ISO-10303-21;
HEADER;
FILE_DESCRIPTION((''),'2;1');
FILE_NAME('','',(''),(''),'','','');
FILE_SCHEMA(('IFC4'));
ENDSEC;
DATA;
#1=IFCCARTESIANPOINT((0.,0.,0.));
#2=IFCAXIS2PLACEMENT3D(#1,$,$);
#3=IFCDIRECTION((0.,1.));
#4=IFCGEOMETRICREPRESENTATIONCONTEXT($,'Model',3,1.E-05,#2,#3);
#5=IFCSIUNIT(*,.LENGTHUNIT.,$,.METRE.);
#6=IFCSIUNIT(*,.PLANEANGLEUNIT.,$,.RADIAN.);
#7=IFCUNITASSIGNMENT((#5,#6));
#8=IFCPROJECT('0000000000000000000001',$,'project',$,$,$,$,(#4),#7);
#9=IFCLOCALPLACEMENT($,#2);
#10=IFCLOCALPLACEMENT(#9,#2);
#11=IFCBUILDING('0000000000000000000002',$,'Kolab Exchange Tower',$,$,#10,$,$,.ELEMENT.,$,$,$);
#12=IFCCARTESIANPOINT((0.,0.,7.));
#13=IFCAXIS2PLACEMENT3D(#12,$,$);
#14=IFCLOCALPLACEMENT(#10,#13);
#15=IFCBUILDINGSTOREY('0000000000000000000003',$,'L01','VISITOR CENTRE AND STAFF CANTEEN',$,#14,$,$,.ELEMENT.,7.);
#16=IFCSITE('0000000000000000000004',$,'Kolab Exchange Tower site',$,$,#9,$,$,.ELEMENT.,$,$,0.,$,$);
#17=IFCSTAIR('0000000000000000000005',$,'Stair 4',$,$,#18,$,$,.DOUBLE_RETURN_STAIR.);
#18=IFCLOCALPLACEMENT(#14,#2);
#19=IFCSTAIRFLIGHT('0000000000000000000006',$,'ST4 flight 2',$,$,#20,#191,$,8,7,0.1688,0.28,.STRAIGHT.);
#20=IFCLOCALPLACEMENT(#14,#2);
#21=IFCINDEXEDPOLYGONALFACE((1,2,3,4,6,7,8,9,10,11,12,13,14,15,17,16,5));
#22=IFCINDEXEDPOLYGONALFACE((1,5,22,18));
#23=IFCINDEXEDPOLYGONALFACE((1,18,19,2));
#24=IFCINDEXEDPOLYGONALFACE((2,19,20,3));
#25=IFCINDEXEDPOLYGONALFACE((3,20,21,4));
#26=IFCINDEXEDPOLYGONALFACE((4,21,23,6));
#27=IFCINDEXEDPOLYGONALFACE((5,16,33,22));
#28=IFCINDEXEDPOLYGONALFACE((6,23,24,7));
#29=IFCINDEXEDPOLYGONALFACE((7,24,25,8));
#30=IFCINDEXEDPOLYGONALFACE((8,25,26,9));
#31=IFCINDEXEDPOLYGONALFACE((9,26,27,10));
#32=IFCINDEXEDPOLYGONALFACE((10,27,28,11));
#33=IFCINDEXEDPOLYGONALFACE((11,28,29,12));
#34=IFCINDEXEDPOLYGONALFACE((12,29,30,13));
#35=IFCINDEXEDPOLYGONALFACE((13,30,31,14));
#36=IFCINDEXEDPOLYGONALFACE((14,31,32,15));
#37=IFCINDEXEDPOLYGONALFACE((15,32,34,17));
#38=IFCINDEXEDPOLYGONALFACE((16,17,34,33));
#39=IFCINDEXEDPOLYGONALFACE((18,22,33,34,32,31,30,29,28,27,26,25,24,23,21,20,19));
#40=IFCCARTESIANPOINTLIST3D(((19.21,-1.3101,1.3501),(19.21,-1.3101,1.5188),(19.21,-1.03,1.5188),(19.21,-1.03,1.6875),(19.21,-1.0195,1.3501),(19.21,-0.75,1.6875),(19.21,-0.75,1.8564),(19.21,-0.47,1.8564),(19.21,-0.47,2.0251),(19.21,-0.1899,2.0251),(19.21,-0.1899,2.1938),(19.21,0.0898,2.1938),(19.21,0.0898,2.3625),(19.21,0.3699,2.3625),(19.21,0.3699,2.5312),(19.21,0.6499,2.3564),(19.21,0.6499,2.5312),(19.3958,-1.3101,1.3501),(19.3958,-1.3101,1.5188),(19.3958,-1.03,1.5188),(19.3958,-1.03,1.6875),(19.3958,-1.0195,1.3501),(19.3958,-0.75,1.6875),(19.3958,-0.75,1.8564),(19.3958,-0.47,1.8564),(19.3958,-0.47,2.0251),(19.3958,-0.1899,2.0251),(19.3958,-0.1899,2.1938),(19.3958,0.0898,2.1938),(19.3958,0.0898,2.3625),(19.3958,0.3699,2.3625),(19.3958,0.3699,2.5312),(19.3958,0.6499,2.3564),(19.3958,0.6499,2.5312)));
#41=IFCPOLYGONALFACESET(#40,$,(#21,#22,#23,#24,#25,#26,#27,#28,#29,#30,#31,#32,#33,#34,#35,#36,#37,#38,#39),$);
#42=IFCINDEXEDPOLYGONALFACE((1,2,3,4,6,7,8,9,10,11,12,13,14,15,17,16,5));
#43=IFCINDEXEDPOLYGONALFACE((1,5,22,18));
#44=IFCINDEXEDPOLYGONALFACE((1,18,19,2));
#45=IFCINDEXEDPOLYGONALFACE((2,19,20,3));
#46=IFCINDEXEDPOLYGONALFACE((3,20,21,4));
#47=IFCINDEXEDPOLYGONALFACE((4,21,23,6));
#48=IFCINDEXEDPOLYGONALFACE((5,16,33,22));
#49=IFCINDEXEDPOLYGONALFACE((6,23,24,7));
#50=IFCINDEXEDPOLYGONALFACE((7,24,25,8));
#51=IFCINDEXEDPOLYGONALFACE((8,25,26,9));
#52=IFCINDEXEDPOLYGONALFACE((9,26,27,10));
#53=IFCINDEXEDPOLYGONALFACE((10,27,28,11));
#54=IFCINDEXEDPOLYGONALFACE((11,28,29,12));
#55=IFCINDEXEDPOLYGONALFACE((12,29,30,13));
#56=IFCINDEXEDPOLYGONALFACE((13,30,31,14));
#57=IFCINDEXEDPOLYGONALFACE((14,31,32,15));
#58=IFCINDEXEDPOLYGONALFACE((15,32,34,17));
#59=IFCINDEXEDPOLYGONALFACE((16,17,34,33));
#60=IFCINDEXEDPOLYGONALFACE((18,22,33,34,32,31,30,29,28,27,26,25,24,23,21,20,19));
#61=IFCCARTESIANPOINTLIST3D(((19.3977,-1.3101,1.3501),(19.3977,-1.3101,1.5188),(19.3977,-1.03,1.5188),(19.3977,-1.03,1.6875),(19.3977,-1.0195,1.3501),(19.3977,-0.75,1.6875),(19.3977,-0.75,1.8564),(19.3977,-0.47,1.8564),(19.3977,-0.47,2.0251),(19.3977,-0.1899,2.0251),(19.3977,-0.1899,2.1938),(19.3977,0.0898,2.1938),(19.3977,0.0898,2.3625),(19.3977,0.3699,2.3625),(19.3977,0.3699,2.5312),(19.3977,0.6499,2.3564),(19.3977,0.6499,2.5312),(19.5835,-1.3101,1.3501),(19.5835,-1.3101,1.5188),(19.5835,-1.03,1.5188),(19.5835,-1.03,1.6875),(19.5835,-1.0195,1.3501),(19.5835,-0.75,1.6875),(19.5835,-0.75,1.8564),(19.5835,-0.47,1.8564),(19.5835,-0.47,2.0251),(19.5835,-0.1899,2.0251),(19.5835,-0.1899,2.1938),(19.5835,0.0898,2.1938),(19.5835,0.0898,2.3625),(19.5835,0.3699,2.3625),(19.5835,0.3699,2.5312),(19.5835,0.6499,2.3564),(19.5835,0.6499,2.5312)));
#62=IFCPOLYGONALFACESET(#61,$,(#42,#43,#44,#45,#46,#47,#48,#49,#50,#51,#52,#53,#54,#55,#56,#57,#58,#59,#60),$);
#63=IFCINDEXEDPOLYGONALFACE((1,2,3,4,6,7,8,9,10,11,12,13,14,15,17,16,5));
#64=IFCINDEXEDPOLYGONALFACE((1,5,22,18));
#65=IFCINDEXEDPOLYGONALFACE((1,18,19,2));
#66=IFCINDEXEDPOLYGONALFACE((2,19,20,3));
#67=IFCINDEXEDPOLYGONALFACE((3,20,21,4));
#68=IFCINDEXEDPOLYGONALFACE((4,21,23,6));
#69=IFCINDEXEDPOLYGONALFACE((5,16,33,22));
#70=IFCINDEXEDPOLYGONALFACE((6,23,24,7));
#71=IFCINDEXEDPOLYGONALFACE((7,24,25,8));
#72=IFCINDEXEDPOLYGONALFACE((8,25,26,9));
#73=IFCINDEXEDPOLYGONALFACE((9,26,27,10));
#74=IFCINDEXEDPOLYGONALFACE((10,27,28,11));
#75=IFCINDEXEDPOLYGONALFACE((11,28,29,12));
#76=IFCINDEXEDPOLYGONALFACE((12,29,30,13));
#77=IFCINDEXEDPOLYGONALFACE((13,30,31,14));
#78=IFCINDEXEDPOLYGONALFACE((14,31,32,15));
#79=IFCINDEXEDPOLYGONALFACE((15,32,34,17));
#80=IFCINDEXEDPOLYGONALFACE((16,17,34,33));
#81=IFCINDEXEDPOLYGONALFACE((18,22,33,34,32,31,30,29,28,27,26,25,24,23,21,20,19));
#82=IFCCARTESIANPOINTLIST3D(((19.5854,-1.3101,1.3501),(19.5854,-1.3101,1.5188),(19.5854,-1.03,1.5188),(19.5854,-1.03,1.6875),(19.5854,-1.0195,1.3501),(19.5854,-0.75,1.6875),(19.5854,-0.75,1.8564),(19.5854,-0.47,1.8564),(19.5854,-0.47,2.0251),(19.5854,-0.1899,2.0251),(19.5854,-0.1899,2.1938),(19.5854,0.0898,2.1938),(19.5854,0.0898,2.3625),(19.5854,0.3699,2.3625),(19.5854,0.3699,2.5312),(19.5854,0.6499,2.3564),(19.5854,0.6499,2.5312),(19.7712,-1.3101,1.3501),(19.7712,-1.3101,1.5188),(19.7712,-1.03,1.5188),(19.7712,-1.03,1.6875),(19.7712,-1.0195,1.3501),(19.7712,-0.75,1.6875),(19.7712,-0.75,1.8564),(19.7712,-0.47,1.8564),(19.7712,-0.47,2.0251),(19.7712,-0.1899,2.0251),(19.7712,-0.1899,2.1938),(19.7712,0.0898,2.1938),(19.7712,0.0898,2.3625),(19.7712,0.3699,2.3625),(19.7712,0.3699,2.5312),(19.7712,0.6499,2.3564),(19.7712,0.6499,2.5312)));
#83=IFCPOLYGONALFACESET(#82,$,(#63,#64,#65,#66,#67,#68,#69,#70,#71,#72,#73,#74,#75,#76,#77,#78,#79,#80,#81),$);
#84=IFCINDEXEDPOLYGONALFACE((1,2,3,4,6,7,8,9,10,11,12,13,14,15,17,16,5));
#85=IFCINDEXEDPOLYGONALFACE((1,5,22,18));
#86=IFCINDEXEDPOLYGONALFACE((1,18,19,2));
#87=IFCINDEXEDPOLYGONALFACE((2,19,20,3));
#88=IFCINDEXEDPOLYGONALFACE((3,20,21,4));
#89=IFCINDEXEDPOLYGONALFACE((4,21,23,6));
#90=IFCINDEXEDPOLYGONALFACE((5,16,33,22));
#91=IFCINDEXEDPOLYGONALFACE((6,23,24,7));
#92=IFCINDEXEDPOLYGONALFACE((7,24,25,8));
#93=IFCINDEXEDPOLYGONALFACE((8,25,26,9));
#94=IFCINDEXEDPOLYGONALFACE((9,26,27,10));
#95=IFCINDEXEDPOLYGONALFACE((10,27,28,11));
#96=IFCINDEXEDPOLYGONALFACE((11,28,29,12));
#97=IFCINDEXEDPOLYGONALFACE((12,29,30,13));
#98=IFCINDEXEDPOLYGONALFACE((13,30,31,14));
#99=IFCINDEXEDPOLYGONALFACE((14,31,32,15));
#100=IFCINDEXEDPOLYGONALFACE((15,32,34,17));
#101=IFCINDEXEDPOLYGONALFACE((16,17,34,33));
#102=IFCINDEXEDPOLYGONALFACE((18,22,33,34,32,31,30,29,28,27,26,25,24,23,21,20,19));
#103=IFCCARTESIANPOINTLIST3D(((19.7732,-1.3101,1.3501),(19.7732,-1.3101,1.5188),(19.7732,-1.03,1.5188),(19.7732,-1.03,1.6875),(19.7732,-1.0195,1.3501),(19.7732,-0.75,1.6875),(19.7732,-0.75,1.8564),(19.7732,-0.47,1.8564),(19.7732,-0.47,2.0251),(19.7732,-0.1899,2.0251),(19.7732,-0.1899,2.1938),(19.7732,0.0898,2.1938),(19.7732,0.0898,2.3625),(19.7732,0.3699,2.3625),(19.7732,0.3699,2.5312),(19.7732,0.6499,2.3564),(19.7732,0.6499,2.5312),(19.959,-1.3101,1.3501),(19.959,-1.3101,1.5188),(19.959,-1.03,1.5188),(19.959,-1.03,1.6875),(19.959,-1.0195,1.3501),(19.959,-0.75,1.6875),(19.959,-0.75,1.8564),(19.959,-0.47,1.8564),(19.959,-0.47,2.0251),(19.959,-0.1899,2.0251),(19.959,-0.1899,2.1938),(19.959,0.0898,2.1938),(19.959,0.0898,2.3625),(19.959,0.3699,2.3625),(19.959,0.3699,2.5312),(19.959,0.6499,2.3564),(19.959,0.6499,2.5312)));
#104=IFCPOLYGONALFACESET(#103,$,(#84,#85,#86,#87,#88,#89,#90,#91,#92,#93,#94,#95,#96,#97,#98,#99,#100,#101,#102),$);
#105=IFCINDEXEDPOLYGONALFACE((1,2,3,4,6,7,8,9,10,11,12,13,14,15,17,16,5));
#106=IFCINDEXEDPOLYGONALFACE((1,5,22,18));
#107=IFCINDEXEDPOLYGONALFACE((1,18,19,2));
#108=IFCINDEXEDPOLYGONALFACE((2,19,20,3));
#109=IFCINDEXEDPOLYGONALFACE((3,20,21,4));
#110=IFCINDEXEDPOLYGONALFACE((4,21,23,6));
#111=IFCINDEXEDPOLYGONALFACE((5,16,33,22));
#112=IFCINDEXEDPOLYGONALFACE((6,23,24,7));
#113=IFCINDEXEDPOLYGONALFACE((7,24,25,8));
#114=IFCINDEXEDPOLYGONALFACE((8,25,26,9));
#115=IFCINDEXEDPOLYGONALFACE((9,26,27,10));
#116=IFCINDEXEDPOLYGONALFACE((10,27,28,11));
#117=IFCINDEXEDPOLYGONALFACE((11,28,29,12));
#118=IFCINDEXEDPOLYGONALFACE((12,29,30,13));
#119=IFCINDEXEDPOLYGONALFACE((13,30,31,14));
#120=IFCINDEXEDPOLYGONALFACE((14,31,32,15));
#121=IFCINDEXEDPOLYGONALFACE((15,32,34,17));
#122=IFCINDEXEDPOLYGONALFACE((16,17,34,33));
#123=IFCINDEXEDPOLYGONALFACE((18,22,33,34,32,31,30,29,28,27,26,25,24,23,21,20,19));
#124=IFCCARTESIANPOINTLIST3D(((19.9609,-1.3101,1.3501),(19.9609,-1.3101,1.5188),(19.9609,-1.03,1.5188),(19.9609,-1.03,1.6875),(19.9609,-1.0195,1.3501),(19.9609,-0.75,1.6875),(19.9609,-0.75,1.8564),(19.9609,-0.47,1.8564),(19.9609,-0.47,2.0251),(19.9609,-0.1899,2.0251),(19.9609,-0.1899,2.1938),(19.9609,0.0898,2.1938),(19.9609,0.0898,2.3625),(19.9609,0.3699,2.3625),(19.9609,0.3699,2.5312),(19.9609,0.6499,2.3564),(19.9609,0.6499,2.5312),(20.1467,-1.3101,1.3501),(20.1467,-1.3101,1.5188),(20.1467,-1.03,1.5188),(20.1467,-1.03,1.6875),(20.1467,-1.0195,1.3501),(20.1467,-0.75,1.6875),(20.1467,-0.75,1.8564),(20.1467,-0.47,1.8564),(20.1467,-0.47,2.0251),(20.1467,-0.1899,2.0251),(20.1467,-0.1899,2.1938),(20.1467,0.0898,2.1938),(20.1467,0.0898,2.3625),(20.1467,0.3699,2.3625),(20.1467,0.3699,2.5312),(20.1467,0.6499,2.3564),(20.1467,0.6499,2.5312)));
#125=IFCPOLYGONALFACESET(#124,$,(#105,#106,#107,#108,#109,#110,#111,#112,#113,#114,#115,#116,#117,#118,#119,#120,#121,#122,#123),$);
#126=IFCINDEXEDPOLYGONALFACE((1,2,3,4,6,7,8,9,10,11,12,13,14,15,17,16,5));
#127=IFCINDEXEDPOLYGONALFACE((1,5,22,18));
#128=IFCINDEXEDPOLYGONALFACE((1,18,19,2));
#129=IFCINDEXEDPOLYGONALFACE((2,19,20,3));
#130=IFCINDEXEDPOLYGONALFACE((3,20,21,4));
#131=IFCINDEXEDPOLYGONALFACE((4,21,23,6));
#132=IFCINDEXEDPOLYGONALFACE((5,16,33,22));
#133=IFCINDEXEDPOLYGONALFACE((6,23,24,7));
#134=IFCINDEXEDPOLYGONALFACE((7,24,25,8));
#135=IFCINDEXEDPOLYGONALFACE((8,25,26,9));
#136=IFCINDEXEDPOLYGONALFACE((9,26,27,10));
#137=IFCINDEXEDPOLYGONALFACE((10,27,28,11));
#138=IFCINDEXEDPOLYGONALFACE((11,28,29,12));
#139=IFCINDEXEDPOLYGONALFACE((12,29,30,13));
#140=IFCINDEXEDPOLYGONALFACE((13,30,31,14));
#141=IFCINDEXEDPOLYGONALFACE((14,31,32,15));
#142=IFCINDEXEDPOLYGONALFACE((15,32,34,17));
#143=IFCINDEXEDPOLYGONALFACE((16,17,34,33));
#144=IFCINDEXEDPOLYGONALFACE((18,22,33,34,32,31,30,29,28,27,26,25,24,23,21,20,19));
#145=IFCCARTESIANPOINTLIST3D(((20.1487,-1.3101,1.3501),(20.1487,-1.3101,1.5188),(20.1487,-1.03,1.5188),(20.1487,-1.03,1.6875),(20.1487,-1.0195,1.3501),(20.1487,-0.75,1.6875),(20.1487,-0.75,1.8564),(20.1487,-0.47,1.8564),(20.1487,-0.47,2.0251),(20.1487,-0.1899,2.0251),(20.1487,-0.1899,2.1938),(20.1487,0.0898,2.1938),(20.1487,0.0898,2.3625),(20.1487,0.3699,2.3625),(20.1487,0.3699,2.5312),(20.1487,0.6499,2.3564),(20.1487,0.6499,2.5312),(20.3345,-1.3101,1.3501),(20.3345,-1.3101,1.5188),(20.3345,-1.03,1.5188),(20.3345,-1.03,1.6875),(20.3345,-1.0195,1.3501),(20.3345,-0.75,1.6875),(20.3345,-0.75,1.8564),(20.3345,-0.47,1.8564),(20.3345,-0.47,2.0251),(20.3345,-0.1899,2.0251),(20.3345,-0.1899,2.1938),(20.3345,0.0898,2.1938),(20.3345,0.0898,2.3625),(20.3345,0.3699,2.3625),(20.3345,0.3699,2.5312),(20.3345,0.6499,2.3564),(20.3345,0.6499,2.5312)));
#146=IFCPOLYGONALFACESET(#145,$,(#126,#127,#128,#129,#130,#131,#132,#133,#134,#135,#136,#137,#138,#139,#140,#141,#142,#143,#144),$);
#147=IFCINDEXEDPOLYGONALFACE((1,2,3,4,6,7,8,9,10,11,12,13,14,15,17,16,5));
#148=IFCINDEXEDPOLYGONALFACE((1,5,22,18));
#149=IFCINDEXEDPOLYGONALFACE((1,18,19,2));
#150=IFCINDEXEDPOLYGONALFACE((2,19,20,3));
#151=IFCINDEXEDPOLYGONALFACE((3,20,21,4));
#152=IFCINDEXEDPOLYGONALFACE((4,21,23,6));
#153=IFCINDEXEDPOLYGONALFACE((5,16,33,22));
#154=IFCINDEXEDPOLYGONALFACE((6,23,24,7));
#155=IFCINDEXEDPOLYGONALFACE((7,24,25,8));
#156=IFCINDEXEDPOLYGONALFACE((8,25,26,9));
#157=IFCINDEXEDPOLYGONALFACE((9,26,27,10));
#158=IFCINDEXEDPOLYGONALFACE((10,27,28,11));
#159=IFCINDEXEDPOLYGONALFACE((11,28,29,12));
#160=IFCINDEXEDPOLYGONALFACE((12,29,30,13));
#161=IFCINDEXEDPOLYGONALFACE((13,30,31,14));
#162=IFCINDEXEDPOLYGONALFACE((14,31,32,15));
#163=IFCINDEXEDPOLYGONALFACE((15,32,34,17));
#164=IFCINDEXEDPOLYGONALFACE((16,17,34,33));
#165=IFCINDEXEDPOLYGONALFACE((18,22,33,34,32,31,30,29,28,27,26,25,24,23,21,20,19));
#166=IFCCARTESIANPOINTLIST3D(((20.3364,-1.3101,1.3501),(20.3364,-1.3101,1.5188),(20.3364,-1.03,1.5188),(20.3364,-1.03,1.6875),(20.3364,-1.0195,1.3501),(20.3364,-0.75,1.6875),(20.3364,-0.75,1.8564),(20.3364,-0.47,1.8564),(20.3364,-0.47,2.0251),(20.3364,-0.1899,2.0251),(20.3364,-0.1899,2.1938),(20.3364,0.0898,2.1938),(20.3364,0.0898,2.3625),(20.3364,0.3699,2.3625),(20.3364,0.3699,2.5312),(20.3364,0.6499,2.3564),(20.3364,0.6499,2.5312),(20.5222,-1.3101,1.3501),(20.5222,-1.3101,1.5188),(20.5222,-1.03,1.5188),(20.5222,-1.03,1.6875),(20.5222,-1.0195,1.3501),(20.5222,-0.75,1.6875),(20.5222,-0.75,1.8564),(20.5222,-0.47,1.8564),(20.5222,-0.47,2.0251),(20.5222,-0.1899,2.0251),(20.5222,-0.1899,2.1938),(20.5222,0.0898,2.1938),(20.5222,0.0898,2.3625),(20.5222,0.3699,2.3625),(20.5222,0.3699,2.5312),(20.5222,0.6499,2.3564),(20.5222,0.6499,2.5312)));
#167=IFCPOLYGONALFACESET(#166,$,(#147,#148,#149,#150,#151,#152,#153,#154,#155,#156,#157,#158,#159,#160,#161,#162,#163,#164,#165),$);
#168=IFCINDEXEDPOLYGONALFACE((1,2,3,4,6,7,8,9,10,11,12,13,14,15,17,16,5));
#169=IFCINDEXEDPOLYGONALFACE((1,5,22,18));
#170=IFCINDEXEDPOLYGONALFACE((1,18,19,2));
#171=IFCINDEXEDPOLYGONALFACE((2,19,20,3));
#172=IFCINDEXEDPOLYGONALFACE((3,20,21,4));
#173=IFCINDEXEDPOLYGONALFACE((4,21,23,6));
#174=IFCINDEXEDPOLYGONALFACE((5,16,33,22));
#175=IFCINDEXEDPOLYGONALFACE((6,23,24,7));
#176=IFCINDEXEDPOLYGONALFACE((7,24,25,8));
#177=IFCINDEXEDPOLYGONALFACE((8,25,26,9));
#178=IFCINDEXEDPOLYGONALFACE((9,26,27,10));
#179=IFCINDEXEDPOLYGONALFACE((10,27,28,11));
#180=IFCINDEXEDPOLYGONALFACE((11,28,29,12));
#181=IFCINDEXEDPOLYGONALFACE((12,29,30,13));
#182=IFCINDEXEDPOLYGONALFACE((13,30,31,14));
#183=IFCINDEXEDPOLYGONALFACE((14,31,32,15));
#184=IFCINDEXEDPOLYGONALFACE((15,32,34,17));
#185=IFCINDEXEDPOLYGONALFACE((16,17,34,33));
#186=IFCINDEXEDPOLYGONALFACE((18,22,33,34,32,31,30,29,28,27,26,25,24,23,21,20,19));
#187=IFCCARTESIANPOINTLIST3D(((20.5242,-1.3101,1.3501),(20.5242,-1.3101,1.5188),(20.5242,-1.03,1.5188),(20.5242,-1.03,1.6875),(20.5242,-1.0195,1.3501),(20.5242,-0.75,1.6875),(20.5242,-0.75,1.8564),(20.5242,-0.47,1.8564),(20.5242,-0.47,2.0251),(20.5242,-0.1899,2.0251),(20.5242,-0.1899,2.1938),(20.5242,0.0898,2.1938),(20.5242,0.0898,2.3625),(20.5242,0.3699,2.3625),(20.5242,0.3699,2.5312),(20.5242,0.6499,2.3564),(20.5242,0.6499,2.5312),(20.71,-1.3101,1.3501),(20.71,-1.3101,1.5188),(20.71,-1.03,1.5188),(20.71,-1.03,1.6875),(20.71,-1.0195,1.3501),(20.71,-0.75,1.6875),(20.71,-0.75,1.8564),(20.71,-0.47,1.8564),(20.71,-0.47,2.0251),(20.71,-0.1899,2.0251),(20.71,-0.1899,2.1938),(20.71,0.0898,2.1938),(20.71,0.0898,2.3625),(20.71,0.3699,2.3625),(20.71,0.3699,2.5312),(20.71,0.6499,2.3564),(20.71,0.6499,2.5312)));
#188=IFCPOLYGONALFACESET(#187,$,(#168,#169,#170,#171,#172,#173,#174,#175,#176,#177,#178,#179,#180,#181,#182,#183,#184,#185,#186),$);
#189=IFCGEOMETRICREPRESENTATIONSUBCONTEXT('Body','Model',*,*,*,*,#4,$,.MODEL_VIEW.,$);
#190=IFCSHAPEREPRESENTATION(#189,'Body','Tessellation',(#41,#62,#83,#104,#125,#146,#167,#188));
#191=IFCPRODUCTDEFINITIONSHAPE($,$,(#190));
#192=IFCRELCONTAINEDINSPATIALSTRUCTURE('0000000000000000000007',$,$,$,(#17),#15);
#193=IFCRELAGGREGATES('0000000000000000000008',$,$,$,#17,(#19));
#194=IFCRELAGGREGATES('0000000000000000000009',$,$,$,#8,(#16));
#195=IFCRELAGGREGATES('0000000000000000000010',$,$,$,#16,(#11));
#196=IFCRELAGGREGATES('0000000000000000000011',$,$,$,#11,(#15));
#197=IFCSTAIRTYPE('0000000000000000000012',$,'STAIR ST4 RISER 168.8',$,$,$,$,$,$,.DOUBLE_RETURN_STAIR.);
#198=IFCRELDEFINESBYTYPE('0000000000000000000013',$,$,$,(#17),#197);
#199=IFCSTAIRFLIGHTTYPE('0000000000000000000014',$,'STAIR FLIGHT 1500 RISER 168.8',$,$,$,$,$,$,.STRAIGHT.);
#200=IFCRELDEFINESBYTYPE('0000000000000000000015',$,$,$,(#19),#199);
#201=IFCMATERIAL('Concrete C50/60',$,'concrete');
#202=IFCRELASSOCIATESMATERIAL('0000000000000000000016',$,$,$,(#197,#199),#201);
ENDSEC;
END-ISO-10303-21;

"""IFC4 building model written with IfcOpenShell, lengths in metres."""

from ifc_helpers import new_model, si_unit, direction, frame, origin, place, context, subcontext, project, spatial, polyline, outline, extrude, material, type_object, element, aggregate, save


model = new_model("IFC4")

# Units and contexts
model_context = context("Model", 3, precision=1e-05, world=origin(), true_north=direction((0.0, 1.0)))
body_context = subcontext(model_context, "Body", "Model", "MODEL_VIEW")
ifc_project = project(units=[si_unit("LENGTHUNIT", "METRE"), si_unit("PLANEANGLEUNIT", "RADIAN")], contexts=[model_context])

# Site, building, storey
site_placement = place(None, origin())
site = spatial("IfcSite", under=ifc_project, at=site_placement, Name="Kolab Exchange Tower site", CompositionType="ELEMENT", RefElevation=0.0)
building_placement = place(site_placement, origin())
building = spatial("IfcBuilding", under=site, at=building_placement, Name="Kolab Exchange Tower", CompositionType="ELEMENT")
storey_placement = place(building_placement, frame((0.0, 0.0, 7.0)))
storey = spatial("IfcBuildingStorey", under=building, at=storey_placement, Name="L01", Description="VISITOR CENTRE AND STAFF CANTEEN", CompositionType="ELEMENT", Elevation=7.0)

# Shared definitions
ifc_material_1 = material(Name="Concrete C50/60", Category="concrete")

# Stair, stair flight
stair_type = type_object("IfcStairType", Name="STAIR ST4 RISER 168.8", PredefinedType="DOUBLE_RETURN_STAIR", material=ifc_material_1)
stair_placement = place(storey_placement, origin())
stair = element("IfcStair", 1, at=stair_placement, inside=storey, type_object=stair_type, Name="Stair 4", PredefinedType="DOUBLE_RETURN_STAIR")
stair_flight_type = type_object("IfcStairFlightType", Name="STAIR FLIGHT 1500 RISER 168.8", PredefinedType="STRAIGHT", material=ifc_material_1)
stair_flight_1_placement = place(storey_placement, frame((19.96, -1.3101, 1.3501), z_axis=(0.0, 0.0, 1.0), x_axis=(0.0, 1.0, 0.0)))
stair_flight_1 = element("IfcStairFlight", 2, at=stair_flight_1_placement, type_object=stair_flight_type, Name="ST4 flight 2", NumberOfRisers=8, NumberOfTreads=7, PredefinedType="STRAIGHT", RiserHeight=0.1688, TreadLength=0.28, context=body_context, shape_type="SweptSolid", body=[
    extrude(outline(polyline([(0.0, 0.0), (0.0, 0.1687), (0.28, 0.1687), (0.28, 0.3374), (0.5601, 0.3374), (0.5601, 0.5063), (0.8401, 0.5063), (0.8401, 0.675), (1.1201, 0.675), (1.1201, 0.8438), (1.3999, 0.8438), (1.3999, 1.0125), (1.6799, 1.0125), (1.6799, 1.1812), (1.96, 1.1812), (1.96, 1.3501), (1.96, 1.0063), (0.2905, 0.0), (0.0, 0.0)])), frame((0.0, 0.75, 0.0), z_axis=(0.0, -1.0, 0.0), x_axis=(1.0, 0.0, 0.0)), (0.0, 0.0, 1.0), 0.1858),
    extrude(outline(polyline([(0.0, 0.0), (0.0, 0.1687), (0.28, 0.1687), (0.28, 0.3374), (0.5601, 0.3374), (0.5601, 0.5063), (0.8401, 0.5063), (0.8401, 0.675), (1.1201, 0.675), (1.1201, 0.8438), (1.3999, 0.8438), (1.3999, 1.0125), (1.6799, 1.0125), (1.6799, 1.1812), (1.96, 1.1812), (1.96, 1.3501), (1.96, 1.0063), (0.2905, 0.0), (0.0, 0.0)])), frame((0.0, 0.5623, 0.0), z_axis=(0.0, -1.0, 0.0), x_axis=(1.0, 0.0, 0.0)), (0.0, 0.0, 1.0), 0.1858),
    extrude(outline(polyline([(0.0, 0.0), (0.0, 0.1687), (0.28, 0.1687), (0.28, 0.3374), (0.5601, 0.3374), (0.5601, 0.5063), (0.8401, 0.5063), (0.8401, 0.675), (1.1201, 0.675), (1.1201, 0.8438), (1.3999, 0.8438), (1.3999, 1.0125), (1.6799, 1.0125), (1.6799, 1.1812), (1.96, 1.1812), (1.96, 1.3501), (1.96, 1.0063), (0.2905, 0.0), (0.0, 0.0)])), frame((0.0, 0.3745, 0.0), z_axis=(0.0, -1.0, 0.0), x_axis=(1.0, 0.0, 0.0)), (0.0, 0.0, 1.0), 0.1858),
    extrude(outline(polyline([(0.0, 0.0), (0.0, 0.1687), (0.28, 0.1687), (0.28, 0.3374), (0.5601, 0.3374), (0.5601, 0.5063), (0.8401, 0.5063), (0.8401, 0.675), (1.1201, 0.675), (1.1201, 0.8438), (1.3999, 0.8438), (1.3999, 1.0125), (1.6799, 1.0125), (1.6799, 1.1812), (1.96, 1.1812), (1.96, 1.3501), (1.96, 1.0063), (0.2905, 0.0), (0.0, 0.0)])), frame((0.0, 0.1868, 0.0), z_axis=(0.0, -1.0, 0.0), x_axis=(1.0, 0.0, 0.0)), (0.0, 0.0, 1.0), 0.1858),
    extrude(outline(polyline([(0.0, 0.0), (0.0, 0.1687), (0.28, 0.1687), (0.28, 0.3374), (0.5601, 0.3374), (0.5601, 0.5063), (0.8401, 0.5063), (0.8401, 0.675), (1.1201, 0.675), (1.1201, 0.8438), (1.3999, 0.8438), (1.3999, 1.0125), (1.6799, 1.0125), (1.6799, 1.1812), (1.96, 1.1812), (1.96, 1.3501), (1.96, 1.0063), (0.2905, 0.0), (0.0, 0.0)])), frame((0.0, -0.001, 0.0), z_axis=(0.0, -1.0, 0.0), x_axis=(1.0, 0.0, 0.0)), (0.0, 0.0, 1.0), 0.1858),
    extrude(outline(polyline([(0.0, 0.0), (0.0, 0.1687), (0.28, 0.1687), (0.28, 0.3374), (0.5601, 0.3374), (0.5601, 0.5063), (0.8401, 0.5063), (0.8401, 0.675), (1.1201, 0.675), (1.1201, 0.8438), (1.3999, 0.8438), (1.3999, 1.0125), (1.6799, 1.0125), (1.6799, 1.1812), (1.96, 1.1812), (1.96, 1.3501), (1.96, 1.0063), (0.2905, 0.0), (0.0, 0.0)])), frame((0.0, -0.1887, 0.0), z_axis=(0.0, -1.0, 0.0), x_axis=(1.0, 0.0, 0.0)), (0.0, 0.0, 1.0), 0.1858),
    extrude(outline(polyline([(0.0, 0.0), (0.0, 0.1687), (0.28, 0.1687), (0.28, 0.3374), (0.5601, 0.3374), (0.5601, 0.5063), (0.8401, 0.5063), (0.8401, 0.675), (1.1201, 0.675), (1.1201, 0.8438), (1.3999, 0.8438), (1.3999, 1.0125), (1.6799, 1.0125), (1.6799, 1.1812), (1.96, 1.1812), (1.96, 1.3501), (1.96, 1.0063), (0.2905, 0.0), (0.0, 0.0)])), frame((0.0, -0.3765, 0.0), z_axis=(0.0, -1.0, 0.0), x_axis=(1.0, 0.0, 0.0)), (0.0, 0.0, 1.0), 0.1858),
    extrude(outline(polyline([(0.0, 0.0), (0.0, 0.1687), (0.28, 0.1687), (0.28, 0.3374), (0.5601, 0.3374), (0.5601, 0.5063), (0.8401, 0.5063), (0.8401, 0.675), (1.1201, 0.675), (1.1201, 0.8438), (1.3999, 0.8438), (1.3999, 1.0125), (1.6799, 1.0125), (1.6799, 1.1812), (1.96, 1.1812), (1.96, 1.3501), (1.96, 1.0063), (0.2905, 0.0), (0.0, 0.0)])), frame((0.0, -0.5642, 0.0), z_axis=(0.0, -1.0, 0.0), x_axis=(1.0, 0.0, 0.0)), (0.0, 0.0, 1.0), 0.1858),
])
aggregate(stair, [stair_flight_1])

save(model, "model.ifc")
